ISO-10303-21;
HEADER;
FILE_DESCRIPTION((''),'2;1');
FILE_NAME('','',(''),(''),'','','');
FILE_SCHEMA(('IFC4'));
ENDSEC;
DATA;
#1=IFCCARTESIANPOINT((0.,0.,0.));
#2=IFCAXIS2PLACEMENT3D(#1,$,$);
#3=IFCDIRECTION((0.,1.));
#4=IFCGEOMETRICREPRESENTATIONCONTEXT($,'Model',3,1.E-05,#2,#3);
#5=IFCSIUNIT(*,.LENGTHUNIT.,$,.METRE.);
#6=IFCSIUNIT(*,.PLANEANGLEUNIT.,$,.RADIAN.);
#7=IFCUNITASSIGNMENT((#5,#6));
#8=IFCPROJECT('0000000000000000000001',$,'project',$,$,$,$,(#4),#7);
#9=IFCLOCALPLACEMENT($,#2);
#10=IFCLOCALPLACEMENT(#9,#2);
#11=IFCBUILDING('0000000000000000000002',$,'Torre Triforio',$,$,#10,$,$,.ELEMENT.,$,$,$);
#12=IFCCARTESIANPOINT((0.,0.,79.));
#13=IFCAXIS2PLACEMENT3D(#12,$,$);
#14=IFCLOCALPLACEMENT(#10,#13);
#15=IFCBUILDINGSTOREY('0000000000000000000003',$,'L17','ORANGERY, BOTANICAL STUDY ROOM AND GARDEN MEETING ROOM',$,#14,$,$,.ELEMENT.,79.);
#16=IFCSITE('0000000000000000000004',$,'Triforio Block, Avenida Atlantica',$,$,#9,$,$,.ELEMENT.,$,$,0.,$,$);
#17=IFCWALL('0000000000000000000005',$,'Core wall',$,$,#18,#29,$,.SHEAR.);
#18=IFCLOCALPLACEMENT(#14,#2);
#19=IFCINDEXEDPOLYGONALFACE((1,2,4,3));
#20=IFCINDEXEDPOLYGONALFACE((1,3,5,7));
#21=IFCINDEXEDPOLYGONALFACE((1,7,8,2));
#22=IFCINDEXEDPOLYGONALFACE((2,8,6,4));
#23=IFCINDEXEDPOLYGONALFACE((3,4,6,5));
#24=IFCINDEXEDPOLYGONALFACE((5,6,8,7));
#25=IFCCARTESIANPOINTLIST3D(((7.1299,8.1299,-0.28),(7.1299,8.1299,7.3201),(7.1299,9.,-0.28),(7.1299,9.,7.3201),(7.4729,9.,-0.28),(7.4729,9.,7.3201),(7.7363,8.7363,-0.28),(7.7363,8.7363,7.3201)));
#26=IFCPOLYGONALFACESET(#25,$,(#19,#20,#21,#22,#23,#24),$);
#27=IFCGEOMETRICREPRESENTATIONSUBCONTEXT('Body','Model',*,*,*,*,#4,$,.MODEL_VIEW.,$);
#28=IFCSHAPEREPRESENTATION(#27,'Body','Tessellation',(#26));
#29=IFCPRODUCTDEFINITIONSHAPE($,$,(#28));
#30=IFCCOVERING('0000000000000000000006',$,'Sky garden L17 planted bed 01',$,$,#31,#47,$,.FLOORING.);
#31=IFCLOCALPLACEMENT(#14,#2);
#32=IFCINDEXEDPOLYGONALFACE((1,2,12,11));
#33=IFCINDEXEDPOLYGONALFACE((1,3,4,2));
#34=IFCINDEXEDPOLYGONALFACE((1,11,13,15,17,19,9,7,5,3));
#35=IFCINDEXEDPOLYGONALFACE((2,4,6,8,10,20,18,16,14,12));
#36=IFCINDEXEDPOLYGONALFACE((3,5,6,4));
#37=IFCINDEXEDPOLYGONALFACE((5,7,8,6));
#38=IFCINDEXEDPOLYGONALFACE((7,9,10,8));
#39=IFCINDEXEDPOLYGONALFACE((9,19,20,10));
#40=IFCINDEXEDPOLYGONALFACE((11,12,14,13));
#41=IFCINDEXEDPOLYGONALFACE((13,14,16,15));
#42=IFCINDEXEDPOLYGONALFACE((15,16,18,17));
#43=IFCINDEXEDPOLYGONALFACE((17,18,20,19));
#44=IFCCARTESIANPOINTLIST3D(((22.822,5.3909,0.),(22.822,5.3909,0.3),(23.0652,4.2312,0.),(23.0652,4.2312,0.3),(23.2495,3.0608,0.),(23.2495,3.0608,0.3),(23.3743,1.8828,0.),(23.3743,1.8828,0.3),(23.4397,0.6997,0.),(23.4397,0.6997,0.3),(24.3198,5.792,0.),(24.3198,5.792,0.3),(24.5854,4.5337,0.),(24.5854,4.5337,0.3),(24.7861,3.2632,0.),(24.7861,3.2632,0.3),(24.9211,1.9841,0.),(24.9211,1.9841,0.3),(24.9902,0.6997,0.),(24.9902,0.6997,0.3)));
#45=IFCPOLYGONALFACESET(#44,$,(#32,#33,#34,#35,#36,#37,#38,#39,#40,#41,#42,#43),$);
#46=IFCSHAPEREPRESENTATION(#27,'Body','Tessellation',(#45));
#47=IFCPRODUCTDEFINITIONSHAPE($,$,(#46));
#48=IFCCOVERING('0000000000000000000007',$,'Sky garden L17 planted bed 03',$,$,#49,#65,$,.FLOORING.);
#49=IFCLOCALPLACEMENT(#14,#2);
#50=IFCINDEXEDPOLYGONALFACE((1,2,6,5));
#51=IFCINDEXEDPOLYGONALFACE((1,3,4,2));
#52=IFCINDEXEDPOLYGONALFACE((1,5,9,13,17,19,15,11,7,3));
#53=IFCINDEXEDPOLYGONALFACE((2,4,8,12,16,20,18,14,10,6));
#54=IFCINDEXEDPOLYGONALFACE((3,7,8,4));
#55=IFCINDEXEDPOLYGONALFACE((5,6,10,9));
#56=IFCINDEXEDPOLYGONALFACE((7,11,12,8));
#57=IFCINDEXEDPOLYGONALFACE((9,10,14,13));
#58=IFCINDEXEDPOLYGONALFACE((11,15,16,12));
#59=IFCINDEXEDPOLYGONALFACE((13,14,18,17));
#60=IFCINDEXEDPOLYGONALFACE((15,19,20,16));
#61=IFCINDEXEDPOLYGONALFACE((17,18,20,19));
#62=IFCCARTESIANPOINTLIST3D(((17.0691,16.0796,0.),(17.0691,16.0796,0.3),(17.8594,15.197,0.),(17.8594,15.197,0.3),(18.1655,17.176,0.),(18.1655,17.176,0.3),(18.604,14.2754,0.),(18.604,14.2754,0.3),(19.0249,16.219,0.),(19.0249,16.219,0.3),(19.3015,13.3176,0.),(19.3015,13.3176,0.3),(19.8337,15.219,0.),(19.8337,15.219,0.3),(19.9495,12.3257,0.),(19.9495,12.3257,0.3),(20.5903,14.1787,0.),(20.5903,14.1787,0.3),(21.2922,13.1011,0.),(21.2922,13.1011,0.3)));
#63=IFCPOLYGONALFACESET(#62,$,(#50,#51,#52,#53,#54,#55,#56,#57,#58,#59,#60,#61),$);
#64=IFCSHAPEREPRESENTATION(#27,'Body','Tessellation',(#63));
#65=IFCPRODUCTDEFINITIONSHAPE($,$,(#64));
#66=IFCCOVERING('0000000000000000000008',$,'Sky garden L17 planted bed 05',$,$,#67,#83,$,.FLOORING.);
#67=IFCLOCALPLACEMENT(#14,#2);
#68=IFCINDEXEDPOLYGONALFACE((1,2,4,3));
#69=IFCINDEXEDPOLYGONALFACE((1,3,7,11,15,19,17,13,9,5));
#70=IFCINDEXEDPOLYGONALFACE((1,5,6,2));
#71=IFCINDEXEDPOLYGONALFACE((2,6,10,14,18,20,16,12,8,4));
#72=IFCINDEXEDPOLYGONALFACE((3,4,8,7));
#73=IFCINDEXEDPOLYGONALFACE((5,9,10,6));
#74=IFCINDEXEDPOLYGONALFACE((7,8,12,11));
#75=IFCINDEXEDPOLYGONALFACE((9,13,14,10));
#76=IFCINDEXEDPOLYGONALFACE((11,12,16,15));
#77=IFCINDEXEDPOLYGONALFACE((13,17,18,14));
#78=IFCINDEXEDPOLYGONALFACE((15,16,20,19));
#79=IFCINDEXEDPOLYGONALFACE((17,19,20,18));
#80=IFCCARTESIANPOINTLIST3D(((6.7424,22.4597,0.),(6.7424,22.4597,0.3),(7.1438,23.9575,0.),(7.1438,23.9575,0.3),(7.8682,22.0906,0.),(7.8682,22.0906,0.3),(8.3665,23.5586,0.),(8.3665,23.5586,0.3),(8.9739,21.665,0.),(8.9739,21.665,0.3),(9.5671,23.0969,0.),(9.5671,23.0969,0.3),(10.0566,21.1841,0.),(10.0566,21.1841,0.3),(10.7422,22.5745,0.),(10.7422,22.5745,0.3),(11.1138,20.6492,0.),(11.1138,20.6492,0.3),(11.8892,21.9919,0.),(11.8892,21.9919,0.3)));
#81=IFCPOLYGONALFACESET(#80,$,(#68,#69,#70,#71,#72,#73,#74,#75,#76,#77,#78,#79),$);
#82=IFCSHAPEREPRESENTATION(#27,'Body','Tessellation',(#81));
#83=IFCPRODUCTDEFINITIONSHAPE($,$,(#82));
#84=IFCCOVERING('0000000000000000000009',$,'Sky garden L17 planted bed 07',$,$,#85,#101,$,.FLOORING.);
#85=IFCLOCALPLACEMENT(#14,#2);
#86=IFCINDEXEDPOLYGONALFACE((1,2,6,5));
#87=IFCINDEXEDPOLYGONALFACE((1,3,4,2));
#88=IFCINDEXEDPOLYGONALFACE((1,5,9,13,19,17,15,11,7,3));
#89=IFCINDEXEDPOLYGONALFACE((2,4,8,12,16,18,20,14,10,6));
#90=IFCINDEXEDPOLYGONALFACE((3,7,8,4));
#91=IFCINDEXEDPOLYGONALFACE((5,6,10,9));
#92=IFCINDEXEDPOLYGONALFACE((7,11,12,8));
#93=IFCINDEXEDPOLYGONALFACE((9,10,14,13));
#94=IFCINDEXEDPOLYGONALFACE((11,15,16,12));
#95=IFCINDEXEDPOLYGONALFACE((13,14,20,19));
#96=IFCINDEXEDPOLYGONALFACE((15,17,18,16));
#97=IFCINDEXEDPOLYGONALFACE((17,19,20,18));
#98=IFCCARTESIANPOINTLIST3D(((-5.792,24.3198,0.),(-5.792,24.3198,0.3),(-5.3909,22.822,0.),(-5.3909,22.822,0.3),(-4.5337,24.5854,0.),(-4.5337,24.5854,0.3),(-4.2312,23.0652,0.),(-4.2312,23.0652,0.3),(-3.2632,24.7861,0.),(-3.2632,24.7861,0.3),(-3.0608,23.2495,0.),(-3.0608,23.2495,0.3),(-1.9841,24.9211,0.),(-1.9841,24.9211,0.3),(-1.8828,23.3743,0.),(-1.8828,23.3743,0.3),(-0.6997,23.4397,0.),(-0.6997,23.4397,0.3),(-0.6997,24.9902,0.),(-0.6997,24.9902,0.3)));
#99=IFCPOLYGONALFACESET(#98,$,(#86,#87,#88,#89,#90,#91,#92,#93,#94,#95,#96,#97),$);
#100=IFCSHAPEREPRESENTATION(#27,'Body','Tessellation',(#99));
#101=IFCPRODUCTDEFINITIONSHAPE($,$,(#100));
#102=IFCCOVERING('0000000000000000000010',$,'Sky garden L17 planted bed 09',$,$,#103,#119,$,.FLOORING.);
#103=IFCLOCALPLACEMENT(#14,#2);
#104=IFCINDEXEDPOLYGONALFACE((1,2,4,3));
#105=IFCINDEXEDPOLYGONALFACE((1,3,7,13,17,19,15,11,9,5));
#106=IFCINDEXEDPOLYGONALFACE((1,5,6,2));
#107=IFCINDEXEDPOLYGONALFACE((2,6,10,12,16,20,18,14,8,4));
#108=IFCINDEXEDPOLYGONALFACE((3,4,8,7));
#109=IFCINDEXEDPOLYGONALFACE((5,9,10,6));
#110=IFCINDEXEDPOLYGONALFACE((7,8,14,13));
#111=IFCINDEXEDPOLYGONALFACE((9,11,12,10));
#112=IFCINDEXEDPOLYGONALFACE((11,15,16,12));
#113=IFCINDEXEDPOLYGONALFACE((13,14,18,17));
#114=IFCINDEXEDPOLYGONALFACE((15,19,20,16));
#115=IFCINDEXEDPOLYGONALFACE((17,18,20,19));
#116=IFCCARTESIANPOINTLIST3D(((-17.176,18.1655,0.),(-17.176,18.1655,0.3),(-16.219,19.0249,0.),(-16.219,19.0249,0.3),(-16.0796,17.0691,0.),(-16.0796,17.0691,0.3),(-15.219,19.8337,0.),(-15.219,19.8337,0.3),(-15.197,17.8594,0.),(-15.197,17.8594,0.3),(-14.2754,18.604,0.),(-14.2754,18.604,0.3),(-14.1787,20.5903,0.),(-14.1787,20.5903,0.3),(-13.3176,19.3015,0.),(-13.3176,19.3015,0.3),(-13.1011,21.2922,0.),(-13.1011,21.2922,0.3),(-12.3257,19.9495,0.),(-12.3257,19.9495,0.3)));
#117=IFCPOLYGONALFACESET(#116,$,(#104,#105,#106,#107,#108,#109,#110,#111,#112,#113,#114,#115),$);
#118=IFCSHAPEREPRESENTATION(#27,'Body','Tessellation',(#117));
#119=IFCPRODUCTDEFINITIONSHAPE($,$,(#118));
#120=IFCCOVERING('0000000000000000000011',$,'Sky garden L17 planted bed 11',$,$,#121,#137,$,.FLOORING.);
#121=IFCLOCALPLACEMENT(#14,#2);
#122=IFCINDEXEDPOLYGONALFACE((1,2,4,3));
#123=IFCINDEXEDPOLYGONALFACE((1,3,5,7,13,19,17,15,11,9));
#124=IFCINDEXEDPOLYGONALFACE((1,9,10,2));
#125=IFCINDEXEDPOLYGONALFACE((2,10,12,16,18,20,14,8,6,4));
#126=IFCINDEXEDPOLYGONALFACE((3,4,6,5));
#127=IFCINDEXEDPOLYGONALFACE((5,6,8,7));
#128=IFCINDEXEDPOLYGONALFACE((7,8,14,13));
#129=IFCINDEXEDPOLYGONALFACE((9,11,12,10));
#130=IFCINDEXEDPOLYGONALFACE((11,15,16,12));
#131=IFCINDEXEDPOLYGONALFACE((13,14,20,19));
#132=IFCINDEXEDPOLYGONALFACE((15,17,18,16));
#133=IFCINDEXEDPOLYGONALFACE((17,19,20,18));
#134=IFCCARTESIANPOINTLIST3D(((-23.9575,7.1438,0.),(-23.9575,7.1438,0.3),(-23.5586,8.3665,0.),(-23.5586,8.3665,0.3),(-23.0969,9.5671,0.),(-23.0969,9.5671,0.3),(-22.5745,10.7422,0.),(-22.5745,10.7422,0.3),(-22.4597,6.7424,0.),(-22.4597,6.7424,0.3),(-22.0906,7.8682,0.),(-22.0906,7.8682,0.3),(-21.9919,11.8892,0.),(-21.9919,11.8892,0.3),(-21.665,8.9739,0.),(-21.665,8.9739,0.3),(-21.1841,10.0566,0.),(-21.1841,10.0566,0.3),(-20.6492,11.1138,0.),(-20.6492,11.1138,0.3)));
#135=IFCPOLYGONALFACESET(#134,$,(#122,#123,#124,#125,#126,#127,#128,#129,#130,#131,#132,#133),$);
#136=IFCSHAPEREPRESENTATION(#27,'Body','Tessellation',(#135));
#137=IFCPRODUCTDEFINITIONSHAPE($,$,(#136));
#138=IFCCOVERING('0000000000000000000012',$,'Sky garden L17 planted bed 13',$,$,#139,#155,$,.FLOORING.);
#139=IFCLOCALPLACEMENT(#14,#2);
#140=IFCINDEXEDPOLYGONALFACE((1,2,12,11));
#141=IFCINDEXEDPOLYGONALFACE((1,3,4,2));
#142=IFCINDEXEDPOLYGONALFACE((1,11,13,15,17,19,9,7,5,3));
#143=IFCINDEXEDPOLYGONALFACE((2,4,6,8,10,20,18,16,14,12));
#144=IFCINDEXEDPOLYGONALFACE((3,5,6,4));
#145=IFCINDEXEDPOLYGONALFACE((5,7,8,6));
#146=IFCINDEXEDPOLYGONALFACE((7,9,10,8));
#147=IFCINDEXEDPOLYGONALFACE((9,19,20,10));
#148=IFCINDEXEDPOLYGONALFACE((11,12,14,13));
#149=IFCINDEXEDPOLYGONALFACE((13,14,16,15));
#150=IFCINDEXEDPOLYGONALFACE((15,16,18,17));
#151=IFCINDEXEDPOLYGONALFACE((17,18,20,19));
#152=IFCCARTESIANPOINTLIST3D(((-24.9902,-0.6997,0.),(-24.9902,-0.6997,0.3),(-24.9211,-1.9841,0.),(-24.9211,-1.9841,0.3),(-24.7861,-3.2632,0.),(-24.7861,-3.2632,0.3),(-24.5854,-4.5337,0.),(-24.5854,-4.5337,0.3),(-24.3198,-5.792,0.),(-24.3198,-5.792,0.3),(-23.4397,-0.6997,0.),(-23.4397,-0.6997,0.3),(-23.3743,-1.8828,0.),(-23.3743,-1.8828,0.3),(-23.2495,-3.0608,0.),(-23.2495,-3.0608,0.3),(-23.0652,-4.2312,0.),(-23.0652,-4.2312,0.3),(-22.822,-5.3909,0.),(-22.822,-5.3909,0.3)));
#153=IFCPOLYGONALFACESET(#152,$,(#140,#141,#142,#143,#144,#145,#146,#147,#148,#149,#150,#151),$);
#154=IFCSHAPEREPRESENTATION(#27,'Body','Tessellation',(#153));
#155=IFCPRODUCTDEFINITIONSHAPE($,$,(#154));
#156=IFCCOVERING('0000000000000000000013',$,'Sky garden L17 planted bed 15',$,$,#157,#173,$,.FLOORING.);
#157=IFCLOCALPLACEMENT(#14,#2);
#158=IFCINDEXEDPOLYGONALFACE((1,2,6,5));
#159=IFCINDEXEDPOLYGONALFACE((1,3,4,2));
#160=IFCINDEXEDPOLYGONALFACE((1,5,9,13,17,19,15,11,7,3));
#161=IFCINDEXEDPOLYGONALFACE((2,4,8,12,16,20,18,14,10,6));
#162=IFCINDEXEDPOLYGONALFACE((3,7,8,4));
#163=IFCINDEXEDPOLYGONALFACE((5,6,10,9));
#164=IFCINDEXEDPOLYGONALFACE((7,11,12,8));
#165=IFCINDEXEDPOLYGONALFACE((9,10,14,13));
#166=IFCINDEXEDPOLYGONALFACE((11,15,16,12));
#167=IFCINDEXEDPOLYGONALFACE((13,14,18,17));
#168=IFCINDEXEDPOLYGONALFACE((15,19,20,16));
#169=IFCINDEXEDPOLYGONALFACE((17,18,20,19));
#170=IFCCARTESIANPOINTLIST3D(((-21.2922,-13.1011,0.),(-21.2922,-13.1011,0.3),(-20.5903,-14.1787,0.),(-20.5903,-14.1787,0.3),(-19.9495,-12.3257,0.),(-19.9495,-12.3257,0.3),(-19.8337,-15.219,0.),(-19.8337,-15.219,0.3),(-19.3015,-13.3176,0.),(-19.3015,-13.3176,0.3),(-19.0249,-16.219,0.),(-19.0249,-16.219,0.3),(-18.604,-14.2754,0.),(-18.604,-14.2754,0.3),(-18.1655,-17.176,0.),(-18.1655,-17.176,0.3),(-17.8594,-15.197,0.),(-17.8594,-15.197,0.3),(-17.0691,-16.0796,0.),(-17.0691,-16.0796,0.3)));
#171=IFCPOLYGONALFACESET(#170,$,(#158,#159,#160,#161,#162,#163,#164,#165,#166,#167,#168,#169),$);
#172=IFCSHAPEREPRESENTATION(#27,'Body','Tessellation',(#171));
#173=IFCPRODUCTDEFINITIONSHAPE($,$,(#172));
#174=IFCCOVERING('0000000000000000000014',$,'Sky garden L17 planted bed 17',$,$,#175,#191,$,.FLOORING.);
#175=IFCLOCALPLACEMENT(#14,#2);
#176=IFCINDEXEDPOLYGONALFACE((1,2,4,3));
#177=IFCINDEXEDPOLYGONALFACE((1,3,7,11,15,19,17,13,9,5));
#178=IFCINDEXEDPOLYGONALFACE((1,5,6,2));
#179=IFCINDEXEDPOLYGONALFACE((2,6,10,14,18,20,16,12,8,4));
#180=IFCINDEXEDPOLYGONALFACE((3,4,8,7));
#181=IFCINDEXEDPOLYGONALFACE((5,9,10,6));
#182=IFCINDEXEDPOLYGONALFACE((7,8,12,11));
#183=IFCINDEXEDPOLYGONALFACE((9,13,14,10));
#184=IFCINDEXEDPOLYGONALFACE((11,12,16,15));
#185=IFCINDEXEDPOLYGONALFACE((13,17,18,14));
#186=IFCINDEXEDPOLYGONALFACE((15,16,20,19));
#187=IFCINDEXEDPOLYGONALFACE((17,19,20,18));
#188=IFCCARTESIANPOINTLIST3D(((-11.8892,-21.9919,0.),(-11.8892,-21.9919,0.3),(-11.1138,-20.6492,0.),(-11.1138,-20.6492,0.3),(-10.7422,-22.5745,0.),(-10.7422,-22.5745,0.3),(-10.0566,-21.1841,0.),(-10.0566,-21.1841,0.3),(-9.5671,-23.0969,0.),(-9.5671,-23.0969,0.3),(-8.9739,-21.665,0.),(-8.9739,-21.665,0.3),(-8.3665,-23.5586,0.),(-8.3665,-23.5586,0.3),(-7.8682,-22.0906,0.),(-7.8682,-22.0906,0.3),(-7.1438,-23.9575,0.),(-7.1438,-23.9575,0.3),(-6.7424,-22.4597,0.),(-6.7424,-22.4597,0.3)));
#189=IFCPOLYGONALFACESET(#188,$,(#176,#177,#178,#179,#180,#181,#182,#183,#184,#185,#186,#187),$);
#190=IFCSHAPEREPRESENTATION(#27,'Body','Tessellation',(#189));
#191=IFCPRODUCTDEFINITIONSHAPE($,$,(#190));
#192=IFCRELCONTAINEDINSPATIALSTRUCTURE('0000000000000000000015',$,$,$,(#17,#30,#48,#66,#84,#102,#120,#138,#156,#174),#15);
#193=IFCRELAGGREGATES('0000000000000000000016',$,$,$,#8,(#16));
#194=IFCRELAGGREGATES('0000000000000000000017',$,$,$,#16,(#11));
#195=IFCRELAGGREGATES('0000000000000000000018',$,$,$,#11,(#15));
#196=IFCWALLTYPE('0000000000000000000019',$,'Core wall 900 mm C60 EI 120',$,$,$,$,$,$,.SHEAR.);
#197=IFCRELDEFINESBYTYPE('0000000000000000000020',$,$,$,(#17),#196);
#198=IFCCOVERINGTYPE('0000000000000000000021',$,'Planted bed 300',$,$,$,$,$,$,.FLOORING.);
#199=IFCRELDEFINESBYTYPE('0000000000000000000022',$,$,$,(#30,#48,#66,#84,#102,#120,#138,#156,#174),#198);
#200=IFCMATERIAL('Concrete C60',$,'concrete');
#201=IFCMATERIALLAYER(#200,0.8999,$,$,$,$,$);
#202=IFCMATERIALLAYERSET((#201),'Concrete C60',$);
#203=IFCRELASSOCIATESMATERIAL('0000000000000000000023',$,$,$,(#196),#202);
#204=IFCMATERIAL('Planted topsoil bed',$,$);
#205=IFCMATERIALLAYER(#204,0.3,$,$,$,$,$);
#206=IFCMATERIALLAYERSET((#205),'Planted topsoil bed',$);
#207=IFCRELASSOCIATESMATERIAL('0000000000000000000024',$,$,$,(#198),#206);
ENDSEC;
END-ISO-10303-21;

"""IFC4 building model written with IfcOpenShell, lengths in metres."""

from ifc_helpers import new_model, si_unit, direction, frame, origin, place, context, subcontext, project, spatial, polyline, outline, extrude, material, layer, layer_set, type_object, element, save


model = new_model("IFC4")

# Units and contexts
model_context = context("Model", 3, precision=1e-05, world=origin(), true_north=direction((0.0, 1.0)))
body_context = subcontext(model_context, "Body", "Model", "MODEL_VIEW")
ifc_project = project(units=[si_unit("LENGTHUNIT", "METRE"), si_unit("PLANEANGLEUNIT", "RADIAN")], contexts=[model_context])

# Site, building, storey
site_placement = place(None, origin())
site = spatial("IfcSite", under=ifc_project, at=site_placement, Name="Triforio Block, Avenida Atlantica", CompositionType="ELEMENT", RefElevation=0.0)
building_placement = place(site_placement, origin())
building = spatial("IfcBuilding", under=site, at=building_placement, Name="Torre Triforio", CompositionType="ELEMENT")
storey_placement = place(building_placement, frame((0.0, 0.0, 79.0)))
storey = spatial("IfcBuildingStorey", under=building, at=storey_placement, Name="L17", Description="ORANGERY, BOTANICAL STUDY ROOM AND GARDEN MEETING ROOM", CompositionType="ELEMENT", Elevation=79.0)

# Shared definitions
ifc_material_1 = material(Name="Concrete C60", Category="concrete")

# Wall
ifc_layer_1 = layer(ifc_material_1, 0.8999)
ifc_layer_set_1 = layer_set([ifc_layer_1], Name="Concrete C60")
wall_type = type_object("IfcWallType", Name="Core wall 900 mm C60 EI 120", PredefinedType="SHEAR", material=ifc_layer_set_1)
wall_placement = place(storey_placement, frame((0.0, 0.0, -0.28)))
element("IfcWall", 1, at=wall_placement, inside=storey, type_object=wall_type, Name="Core wall", PredefinedType="SHEAR", context=body_context, shape_type="SweptSolid", body=[
    extrude(outline(polyline([(7.4729, 9.0), (7.7363, 8.7363), (7.1299, 8.1299), (7.1299, 9.0), (7.4729, 9.0)])), origin(), (0.0, 0.0, 1.0), 7.6001),
])

# Coverings
ifc_material_2 = material(Name="Planted topsoil bed")
ifc_layer_2 = layer(ifc_material_2, 0.3)
ifc_layer_set_2 = layer_set([ifc_layer_2], Name="Planted topsoil bed")
covering_type = type_object("IfcCoveringType", Name="Planted bed 300", PredefinedType="FLOORING", material=ifc_layer_set_2)
covering_1_placement = place(storey_placement, origin())
element("IfcCovering", 2, at=covering_1_placement, inside=storey, type_object=covering_type, Name="Sky garden L17 planted bed 01", PredefinedType="FLOORING", context=body_context, shape_type="SweptSolid", body=[
    extrude(outline(polyline([(23.4397, 0.6997), (23.3743, 1.8828), (23.2495, 3.0608), (23.0652, 4.2312), (22.822, 5.3909), (24.3198, 5.792), (24.5854, 4.5337), (24.7861, 3.2632), (24.9211, 1.9841), (24.9902, 0.6997), (23.4397, 0.6997)])), origin(), (0.0, 0.0, 1.0), 0.3),
])
covering_2_placement = place(storey_placement, origin())
element("IfcCovering", 3, at=covering_2_placement, inside=storey, type_object=covering_type, Name="Sky garden L17 planted bed 03", PredefinedType="FLOORING", context=body_context, shape_type="SweptSolid", body=[
    extrude(outline(polyline([(19.9495, 12.3257), (19.3015, 13.3176), (18.604, 14.2754), (17.8594, 15.197), (17.0691, 16.0796), (18.1655, 17.176), (19.0249, 16.219), (19.8337, 15.219), (20.5903, 14.1787), (21.2922, 13.1011), (19.9495, 12.3257)])), origin(), (0.0, 0.0, 1.0), 0.3),
])
covering_3_placement = place(storey_placement, origin())
element("IfcCovering", 4, at=covering_3_placement, inside=storey, type_object=covering_type, Name="Sky garden L17 planted bed 05", PredefinedType="FLOORING", context=body_context, shape_type="SweptSolid", body=[
    extrude(outline(polyline([(11.1138, 20.6492), (10.0566, 21.1841), (8.9739, 21.665), (7.8682, 22.0906), (6.7424, 22.4597), (7.1438, 23.9575), (8.3665, 23.5586), (9.5671, 23.0969), (10.7422, 22.5745), (11.8892, 21.9919), (11.1138, 20.6492)])), origin(), (0.0, 0.0, 1.0), 0.3),
])
covering_4_placement = place(storey_placement, origin())
element("IfcCovering", 5, at=covering_4_placement, inside=storey, type_object=covering_type, Name="Sky garden L17 planted bed 07", PredefinedType="FLOORING", context=body_context, shape_type="SweptSolid", body=[
    extrude(outline(polyline([(-0.6997, 23.4397), (-1.8828, 23.3743), (-3.0608, 23.2495), (-4.2312, 23.0652), (-5.3909, 22.822), (-5.792, 24.3198), (-4.5337, 24.5854), (-3.2632, 24.7861), (-1.9841, 24.9211), (-0.6997, 24.9902), (-0.6997, 23.4397)])), origin(), (0.0, 0.0, 1.0), 0.3),
])
covering_5_placement = place(storey_placement, origin())
element("IfcCovering", 6, at=covering_5_placement, inside=storey, type_object=covering_type, Name="Sky garden L17 planted bed 09", PredefinedType="FLOORING", context=body_context, shape_type="SweptSolid", body=[
    extrude(outline(polyline([(-12.3257, 19.9495), (-13.3176, 19.3015), (-14.2754, 18.604), (-15.197, 17.8594), (-16.0796, 17.0691), (-17.176, 18.1655), (-16.219, 19.0249), (-15.219, 19.8337), (-14.1787, 20.5903), (-13.1011, 21.2922), (-12.3257, 19.9495)])), origin(), (0.0, 0.0, 1.0), 0.3),
])
covering_6_placement = place(storey_placement, origin())
element("IfcCovering", 7, at=covering_6_placement, inside=storey, type_object=covering_type, Name="Sky garden L17 planted bed 11", PredefinedType="FLOORING", context=body_context, shape_type="SweptSolid", body=[
    extrude(outline(polyline([(-20.6492, 11.1138), (-21.1841, 10.0566), (-21.665, 8.9739), (-22.0906, 7.8682), (-22.4597, 6.7424), (-23.9575, 7.1438), (-23.5586, 8.3665), (-23.0969, 9.5671), (-22.5745, 10.7422), (-21.9919, 11.8892), (-20.6492, 11.1138)])), origin(), (0.0, 0.0, 1.0), 0.3),
])
covering_7_placement = place(storey_placement, origin())
element("IfcCovering", 8, at=covering_7_placement, inside=storey, type_object=covering_type, Name="Sky garden L17 planted bed 13", PredefinedType="FLOORING", context=body_context, shape_type="SweptSolid", body=[
    extrude(outline(polyline([(-23.4397, -0.6997), (-23.3743, -1.8828), (-23.2495, -3.0608), (-23.0652, -4.2312), (-22.822, -5.3909), (-24.3198, -5.792), (-24.5854, -4.5337), (-24.7861, -3.2632), (-24.9211, -1.9841), (-24.9902, -0.6997), (-23.4397, -0.6997)])), origin(), (0.0, 0.0, 1.0), 0.3),
])
covering_8_placement = place(storey_placement, origin())
element("IfcCovering", 9, at=covering_8_placement, inside=storey, type_object=covering_type, Name="Sky garden L17 planted bed 15", PredefinedType="FLOORING", context=body_context, shape_type="SweptSolid", body=[
    extrude(outline(polyline([(-19.9495, -12.3257), (-19.3015, -13.3176), (-18.604, -14.2754), (-17.8594, -15.197), (-17.0691, -16.0796), (-18.1655, -17.176), (-19.0249, -16.219), (-19.8337, -15.219), (-20.5903, -14.1787), (-21.2922, -13.1011), (-19.9495, -12.3257)])), origin(), (0.0, 0.0, 1.0), 0.3),
])
covering_9_placement = place(storey_placement, origin())
element("IfcCovering", 10, at=covering_9_placement, inside=storey, type_object=covering_type, Name="Sky garden L17 planted bed 17", PredefinedType="FLOORING", context=body_context, shape_type="SweptSolid", body=[
    extrude(outline(polyline([(-11.1138, -20.6492), (-10.0566, -21.1841), (-8.9739, -21.665), (-7.8682, -22.0906), (-6.7424, -22.4597), (-7.1438, -23.9575), (-8.3665, -23.5586), (-9.5671, -23.0969), (-10.7422, -22.5745), (-11.8892, -21.9919), (-11.1138, -20.6492)])), origin(), (0.0, 0.0, 1.0), 0.3),
])

save(model, "model.ifc")
